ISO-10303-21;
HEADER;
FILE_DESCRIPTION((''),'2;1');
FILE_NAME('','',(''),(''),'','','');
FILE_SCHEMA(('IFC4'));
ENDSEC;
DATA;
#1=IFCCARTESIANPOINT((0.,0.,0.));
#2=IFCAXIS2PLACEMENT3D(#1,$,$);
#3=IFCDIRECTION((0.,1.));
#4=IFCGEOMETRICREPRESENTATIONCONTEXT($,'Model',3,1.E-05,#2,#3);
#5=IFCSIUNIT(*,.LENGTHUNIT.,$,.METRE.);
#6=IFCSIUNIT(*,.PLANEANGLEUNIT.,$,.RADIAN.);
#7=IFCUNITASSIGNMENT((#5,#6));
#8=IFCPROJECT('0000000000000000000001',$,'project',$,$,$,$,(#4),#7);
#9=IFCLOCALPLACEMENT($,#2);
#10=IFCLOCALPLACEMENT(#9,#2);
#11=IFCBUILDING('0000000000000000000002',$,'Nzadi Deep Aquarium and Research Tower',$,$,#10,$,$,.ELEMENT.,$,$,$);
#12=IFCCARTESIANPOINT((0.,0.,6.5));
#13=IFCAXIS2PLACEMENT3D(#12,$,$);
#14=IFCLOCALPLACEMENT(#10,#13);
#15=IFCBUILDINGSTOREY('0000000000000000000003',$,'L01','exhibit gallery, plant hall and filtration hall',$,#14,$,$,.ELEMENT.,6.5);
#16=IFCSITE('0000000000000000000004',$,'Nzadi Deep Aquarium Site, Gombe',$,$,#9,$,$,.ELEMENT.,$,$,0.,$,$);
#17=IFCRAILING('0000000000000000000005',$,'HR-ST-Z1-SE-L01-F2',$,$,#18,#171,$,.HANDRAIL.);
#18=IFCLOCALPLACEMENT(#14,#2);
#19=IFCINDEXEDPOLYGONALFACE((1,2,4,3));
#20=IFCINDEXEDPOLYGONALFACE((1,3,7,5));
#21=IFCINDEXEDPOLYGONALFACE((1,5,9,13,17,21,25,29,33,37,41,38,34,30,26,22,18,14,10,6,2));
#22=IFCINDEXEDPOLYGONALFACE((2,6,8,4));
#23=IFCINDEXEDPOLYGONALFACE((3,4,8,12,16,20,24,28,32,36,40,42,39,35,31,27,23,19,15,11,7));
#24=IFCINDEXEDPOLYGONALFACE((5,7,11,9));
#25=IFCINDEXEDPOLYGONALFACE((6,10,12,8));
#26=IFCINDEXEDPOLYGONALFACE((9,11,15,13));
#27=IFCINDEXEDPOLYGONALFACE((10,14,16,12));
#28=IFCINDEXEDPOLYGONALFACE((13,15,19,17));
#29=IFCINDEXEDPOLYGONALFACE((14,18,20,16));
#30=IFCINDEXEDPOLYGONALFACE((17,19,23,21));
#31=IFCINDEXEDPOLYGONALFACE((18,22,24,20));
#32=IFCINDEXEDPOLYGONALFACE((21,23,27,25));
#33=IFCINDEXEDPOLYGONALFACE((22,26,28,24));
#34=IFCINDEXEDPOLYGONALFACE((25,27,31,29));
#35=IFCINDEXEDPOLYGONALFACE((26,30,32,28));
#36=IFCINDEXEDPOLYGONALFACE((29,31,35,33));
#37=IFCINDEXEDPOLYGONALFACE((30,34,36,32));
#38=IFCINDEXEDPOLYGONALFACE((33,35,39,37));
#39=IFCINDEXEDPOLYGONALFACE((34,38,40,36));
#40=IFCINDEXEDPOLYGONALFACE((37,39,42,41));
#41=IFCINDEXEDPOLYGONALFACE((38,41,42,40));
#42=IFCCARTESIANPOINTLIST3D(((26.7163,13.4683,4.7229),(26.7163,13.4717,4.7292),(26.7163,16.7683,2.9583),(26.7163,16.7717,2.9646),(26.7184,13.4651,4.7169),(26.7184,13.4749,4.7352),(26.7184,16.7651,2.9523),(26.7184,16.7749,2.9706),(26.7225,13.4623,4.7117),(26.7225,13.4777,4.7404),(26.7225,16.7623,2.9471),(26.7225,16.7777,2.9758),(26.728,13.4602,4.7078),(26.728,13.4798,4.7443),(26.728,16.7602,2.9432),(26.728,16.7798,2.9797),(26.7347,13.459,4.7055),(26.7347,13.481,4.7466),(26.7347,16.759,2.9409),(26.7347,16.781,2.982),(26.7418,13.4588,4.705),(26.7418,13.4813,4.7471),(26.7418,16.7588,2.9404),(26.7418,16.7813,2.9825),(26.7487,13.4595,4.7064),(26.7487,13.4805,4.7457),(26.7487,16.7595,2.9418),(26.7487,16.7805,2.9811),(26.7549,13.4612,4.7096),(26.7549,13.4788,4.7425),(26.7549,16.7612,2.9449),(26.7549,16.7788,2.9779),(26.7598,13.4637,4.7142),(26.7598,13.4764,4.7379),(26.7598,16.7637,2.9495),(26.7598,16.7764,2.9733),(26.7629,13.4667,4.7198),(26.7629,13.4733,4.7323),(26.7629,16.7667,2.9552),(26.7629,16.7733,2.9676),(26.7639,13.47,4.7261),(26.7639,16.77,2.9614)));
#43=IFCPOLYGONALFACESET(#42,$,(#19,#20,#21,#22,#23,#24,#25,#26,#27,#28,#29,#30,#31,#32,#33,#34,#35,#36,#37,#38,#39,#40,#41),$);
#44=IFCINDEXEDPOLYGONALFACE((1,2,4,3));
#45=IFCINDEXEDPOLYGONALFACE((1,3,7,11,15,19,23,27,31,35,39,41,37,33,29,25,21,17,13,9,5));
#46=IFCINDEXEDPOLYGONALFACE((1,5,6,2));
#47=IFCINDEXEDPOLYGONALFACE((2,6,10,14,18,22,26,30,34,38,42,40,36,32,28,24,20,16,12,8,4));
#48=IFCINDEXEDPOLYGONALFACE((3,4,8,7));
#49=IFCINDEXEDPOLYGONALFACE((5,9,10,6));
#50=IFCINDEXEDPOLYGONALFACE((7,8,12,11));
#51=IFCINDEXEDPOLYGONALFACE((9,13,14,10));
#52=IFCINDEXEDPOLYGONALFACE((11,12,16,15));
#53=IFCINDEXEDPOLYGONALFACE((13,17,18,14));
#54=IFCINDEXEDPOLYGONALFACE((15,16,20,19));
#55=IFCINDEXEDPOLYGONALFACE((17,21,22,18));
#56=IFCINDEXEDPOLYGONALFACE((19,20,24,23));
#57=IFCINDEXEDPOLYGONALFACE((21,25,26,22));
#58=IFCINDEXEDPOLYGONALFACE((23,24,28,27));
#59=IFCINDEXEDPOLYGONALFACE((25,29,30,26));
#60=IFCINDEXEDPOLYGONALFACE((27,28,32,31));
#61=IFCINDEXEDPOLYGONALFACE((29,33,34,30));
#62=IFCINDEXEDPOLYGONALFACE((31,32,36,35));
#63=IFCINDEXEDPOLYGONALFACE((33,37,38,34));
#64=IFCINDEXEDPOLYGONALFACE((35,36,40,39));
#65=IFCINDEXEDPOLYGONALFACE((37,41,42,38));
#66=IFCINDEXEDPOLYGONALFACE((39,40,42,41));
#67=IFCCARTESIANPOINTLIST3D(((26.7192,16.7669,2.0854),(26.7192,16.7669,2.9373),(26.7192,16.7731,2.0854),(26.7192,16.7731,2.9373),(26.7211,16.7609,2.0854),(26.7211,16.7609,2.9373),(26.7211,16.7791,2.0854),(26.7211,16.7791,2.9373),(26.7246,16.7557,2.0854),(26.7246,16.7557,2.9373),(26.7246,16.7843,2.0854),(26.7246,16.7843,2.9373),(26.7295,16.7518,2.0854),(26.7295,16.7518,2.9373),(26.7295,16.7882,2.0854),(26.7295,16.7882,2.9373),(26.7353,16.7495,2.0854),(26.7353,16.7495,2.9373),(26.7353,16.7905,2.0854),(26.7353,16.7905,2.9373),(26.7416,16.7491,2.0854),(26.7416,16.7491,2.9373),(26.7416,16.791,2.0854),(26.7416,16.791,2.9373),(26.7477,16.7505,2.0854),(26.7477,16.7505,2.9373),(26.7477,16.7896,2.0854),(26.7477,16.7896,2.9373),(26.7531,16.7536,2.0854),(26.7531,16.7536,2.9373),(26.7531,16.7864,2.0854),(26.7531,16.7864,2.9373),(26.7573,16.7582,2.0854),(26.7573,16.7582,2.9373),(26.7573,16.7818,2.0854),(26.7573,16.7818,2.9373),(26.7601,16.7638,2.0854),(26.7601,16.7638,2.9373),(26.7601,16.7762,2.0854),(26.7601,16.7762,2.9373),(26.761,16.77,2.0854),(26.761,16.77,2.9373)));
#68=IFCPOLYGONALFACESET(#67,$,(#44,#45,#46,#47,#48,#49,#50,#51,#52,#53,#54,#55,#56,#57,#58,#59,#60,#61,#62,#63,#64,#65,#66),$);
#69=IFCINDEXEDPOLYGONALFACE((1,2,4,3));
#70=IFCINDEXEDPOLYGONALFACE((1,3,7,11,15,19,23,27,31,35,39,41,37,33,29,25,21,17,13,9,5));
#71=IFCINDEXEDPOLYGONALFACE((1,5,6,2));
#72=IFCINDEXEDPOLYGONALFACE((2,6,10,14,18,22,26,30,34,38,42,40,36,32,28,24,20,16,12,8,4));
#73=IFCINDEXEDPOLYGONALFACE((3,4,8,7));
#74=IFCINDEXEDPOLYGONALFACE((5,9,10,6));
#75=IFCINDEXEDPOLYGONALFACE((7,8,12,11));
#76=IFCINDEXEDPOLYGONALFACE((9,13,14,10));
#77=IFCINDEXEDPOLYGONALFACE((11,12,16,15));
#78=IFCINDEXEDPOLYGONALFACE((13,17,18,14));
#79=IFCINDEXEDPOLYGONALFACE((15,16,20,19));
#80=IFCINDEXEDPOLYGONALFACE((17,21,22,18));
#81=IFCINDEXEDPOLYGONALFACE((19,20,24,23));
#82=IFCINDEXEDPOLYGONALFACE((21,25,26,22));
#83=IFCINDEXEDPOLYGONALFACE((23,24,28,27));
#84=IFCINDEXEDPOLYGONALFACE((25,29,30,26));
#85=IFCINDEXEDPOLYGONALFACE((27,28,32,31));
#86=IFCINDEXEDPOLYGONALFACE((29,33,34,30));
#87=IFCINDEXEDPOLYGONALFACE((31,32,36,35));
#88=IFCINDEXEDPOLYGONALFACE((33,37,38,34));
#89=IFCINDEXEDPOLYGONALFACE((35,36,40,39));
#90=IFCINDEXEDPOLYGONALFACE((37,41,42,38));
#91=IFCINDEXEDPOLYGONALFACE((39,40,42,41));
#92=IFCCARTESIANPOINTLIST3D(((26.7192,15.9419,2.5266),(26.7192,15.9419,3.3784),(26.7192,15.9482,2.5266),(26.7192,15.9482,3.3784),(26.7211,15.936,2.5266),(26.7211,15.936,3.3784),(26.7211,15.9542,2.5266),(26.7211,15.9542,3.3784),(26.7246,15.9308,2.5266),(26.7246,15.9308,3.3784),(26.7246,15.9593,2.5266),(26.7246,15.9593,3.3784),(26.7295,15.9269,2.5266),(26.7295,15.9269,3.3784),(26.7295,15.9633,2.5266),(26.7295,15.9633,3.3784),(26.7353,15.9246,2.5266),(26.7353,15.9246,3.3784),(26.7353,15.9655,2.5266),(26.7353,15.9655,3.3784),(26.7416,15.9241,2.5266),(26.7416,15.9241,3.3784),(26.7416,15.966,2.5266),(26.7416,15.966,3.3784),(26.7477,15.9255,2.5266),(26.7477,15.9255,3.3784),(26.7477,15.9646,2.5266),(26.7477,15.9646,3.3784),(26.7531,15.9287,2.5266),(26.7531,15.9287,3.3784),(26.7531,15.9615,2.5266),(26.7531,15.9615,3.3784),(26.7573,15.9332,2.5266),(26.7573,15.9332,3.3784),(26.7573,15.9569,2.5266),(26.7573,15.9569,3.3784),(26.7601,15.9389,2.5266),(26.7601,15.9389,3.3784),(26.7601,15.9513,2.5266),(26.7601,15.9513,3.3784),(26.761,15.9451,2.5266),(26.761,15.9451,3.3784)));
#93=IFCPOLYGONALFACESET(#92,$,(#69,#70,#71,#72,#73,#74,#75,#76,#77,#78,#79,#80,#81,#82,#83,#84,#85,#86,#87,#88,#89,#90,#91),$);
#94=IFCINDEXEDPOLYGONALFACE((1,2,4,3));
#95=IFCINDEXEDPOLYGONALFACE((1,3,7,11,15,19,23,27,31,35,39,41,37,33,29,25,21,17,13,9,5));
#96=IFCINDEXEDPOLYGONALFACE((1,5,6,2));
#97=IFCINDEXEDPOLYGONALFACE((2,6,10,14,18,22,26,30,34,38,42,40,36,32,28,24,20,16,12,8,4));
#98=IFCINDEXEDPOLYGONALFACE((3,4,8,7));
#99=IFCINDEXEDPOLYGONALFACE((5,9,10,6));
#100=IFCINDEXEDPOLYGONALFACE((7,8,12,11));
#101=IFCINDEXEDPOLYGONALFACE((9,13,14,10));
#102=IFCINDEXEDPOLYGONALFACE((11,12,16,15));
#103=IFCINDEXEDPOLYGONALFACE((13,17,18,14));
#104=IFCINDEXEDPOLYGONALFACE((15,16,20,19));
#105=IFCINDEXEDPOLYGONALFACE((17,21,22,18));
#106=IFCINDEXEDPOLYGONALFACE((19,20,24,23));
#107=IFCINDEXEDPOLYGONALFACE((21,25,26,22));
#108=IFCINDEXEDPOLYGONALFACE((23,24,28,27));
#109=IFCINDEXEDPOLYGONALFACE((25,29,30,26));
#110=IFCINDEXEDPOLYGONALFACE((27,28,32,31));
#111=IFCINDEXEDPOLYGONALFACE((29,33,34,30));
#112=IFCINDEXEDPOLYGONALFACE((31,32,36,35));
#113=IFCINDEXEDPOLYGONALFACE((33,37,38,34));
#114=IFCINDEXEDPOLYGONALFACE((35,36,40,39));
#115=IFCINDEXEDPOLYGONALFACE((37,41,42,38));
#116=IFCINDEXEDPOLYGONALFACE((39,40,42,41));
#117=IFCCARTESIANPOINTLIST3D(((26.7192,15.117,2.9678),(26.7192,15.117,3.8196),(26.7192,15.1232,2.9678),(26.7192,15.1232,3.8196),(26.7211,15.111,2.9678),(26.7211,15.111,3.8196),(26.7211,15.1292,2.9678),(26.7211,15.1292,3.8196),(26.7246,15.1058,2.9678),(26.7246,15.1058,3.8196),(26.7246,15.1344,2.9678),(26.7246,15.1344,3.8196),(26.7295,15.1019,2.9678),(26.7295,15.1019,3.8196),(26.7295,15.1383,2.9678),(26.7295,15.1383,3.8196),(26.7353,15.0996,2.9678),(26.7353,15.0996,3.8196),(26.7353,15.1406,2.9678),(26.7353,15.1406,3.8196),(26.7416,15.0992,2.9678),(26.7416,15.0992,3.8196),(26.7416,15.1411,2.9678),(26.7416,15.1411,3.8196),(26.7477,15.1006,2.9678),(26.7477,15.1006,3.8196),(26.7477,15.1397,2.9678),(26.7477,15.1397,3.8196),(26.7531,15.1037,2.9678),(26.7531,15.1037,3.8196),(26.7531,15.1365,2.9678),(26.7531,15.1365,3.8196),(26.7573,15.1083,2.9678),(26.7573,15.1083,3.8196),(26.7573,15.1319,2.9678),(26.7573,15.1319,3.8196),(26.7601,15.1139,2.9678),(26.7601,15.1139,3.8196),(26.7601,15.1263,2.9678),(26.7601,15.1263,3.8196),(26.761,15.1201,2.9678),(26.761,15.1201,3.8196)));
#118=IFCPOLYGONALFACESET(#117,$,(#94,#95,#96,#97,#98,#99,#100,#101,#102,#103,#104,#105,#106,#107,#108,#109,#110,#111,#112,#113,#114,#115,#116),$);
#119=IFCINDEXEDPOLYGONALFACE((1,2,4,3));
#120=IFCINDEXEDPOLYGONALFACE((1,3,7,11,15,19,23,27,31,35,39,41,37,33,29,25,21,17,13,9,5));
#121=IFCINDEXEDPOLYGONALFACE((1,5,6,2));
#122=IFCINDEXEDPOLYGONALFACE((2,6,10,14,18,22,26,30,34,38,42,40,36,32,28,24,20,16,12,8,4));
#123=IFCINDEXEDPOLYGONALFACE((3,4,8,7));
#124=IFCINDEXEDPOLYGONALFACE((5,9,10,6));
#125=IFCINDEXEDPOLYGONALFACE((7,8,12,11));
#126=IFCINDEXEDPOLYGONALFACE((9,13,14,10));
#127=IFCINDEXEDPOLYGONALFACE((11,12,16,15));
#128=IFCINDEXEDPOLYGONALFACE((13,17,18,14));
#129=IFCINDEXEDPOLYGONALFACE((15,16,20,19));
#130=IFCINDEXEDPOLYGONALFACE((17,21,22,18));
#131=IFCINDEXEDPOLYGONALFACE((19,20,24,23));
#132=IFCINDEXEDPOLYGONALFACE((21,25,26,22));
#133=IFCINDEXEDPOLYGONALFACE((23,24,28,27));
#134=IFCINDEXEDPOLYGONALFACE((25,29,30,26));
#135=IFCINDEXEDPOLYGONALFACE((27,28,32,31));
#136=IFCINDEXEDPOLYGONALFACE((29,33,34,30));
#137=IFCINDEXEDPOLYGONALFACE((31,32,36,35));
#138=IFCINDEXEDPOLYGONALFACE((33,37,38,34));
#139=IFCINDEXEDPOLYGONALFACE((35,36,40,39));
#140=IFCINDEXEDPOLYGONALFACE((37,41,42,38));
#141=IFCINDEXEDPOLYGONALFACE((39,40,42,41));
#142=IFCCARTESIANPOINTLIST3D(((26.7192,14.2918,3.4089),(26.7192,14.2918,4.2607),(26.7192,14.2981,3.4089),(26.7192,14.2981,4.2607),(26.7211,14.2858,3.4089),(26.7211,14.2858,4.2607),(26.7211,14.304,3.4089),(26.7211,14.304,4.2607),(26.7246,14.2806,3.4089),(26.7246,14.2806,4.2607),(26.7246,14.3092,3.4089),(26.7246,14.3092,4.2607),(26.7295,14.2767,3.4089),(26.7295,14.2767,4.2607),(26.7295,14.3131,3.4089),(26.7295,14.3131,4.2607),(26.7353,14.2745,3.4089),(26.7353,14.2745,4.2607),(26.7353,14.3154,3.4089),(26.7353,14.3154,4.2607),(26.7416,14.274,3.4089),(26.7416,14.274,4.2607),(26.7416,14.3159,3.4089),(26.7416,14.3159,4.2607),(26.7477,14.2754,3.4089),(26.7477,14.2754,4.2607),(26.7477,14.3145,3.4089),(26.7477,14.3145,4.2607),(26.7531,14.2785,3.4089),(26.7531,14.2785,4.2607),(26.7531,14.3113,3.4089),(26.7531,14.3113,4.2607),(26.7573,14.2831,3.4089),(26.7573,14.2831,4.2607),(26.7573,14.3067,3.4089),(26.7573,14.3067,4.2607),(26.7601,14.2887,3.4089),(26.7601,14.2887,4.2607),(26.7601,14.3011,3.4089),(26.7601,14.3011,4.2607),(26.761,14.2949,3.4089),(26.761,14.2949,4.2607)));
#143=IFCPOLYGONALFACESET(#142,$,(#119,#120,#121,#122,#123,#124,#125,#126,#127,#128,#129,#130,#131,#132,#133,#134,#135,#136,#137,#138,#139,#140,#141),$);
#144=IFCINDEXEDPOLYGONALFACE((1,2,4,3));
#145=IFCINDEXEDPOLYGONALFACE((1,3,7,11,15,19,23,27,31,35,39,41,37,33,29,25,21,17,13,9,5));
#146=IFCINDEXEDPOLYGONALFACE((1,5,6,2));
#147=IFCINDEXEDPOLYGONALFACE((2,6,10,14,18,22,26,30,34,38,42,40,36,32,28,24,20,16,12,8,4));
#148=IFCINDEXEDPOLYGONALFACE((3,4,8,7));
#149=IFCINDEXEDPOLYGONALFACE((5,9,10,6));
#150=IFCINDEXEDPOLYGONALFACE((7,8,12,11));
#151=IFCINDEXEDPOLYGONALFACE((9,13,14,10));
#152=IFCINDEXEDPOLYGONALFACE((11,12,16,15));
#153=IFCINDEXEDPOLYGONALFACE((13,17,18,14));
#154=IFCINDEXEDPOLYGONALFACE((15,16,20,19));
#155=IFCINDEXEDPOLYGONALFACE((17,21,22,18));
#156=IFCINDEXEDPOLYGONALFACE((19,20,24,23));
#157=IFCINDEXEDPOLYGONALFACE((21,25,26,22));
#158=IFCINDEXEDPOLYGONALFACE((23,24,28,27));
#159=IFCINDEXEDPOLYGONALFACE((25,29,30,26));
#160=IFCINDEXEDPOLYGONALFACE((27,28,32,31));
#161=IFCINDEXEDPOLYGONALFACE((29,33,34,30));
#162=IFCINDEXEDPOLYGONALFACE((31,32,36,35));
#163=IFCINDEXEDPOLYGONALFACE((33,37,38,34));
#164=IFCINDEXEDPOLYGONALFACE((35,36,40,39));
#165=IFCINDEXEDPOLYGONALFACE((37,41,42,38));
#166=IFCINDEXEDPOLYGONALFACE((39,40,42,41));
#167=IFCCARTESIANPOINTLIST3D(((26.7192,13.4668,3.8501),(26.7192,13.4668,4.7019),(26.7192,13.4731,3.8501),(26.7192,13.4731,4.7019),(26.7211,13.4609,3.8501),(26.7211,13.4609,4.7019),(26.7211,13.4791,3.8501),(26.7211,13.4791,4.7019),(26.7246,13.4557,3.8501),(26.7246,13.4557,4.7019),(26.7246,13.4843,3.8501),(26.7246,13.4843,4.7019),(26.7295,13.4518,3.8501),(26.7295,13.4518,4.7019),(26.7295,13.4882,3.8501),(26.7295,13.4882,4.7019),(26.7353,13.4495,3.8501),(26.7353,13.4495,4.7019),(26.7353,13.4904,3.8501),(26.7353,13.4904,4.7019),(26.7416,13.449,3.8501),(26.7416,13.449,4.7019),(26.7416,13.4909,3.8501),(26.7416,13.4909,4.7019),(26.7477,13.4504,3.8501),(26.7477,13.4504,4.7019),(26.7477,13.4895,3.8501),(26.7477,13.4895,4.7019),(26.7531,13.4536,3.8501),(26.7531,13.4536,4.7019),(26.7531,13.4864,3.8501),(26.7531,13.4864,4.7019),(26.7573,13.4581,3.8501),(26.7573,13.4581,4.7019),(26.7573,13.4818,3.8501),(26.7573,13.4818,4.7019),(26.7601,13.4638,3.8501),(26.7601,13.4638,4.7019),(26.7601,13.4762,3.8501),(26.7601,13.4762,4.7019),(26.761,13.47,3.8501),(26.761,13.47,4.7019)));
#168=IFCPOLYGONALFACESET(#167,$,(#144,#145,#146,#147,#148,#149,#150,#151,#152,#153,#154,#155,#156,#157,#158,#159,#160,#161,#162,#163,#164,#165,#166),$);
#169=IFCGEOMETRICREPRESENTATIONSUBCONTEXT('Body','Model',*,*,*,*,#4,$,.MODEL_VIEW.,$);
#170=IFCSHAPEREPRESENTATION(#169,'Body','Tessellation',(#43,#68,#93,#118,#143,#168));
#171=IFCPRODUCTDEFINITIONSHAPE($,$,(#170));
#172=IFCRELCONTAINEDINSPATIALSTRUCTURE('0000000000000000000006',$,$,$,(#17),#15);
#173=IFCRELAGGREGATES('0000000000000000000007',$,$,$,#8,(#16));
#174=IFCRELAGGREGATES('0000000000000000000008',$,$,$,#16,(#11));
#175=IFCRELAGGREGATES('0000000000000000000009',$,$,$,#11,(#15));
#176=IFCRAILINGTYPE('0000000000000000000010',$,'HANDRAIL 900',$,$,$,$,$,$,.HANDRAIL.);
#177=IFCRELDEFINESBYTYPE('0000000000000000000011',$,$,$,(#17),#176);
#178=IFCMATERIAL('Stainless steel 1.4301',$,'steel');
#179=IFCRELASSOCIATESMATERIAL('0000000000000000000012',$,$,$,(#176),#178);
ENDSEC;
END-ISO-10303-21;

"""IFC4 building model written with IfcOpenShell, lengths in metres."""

from ifc_helpers import new_model, si_unit, direction, frame, origin, origin_2d, place, context, subcontext, project, spatial, circle, extrude, material, type_object, element, save


model = new_model("IFC4")

# Units and contexts
model_context = context("Model", 3, precision=1e-05, world=origin(), true_north=direction((0.0, 1.0)))
body_context = subcontext(model_context, "Body", "Model", "MODEL_VIEW")
ifc_project = project(units=[si_unit("LENGTHUNIT", "METRE"), si_unit("PLANEANGLEUNIT", "RADIAN")], contexts=[model_context])

# Site, building, storey
site_placement = place(None, origin())
site = spatial("IfcSite", under=ifc_project, at=site_placement, Name="Nzadi Deep Aquarium Site, Gombe", CompositionType="ELEMENT", RefElevation=0.0)
building_placement = place(site_placement, origin())
building = spatial("IfcBuilding", under=site, at=building_placement, Name="Nzadi Deep Aquarium and Research Tower", CompositionType="ELEMENT")
storey_placement = place(building_placement, frame((0.0, 0.0, 6.5)))
storey = spatial("IfcBuildingStorey", under=building, at=storey_placement, Name="L01", Description="exhibit gallery, plant hall and filtration hall", CompositionType="ELEMENT", Elevation=6.5)

# Railing
ifc_material_1 = material(Name="Stainless steel 1.4301", Category="steel")
railing_type = type_object("IfcRailingType", Name="HANDRAIL 900", PredefinedType="HANDRAIL", material=ifc_material_1)
for number, where, name in (
    (1, (26.74, 16.77, 2.0854), "HR-ST-Z1-SE-L01-F2"),
):
    element("IfcRailing", number, at=place(storey_placement, frame(where)), inside=storey, type_object=railing_type, Name=name, PredefinedType="HANDRAIL", context=body_context, shape_type="SweptSolid", body=[
        extrude(circle(Radius=0.0239, at=origin_2d()), frame((0.0, 0.0, 0.876), z_axis=(0.0, -0.88184, 0.47155), x_axis=(1.0, 0.0, 0.0)), (0.0, 0.0, 1.0), 3.7422),
        extrude(circle(Radius=0.021, at=origin_2d()), origin(), (0.0, 0.0, 1.0), 0.8518),
        extrude(circle(Radius=0.021, at=origin_2d()), frame((0.0, -0.825, 0.4412)), (0.0, 0.0, 1.0), 0.8518),
        extrude(circle(Radius=0.021, at=origin_2d()), frame((0.0, -1.6499, 0.8823)), (0.0, 0.0, 1.0), 0.8518),
        extrude(circle(Radius=0.021, at=origin_2d()), frame((0.0, -2.4751, 1.3235)), (0.0, 0.0, 1.0), 0.8518),
        extrude(circle(Radius=0.021, at=origin_2d()), frame((0.0, -3.3, 1.7646)), (0.0, 0.0, 1.0), 0.8518),
    ])

save(model, "model.ifc")
